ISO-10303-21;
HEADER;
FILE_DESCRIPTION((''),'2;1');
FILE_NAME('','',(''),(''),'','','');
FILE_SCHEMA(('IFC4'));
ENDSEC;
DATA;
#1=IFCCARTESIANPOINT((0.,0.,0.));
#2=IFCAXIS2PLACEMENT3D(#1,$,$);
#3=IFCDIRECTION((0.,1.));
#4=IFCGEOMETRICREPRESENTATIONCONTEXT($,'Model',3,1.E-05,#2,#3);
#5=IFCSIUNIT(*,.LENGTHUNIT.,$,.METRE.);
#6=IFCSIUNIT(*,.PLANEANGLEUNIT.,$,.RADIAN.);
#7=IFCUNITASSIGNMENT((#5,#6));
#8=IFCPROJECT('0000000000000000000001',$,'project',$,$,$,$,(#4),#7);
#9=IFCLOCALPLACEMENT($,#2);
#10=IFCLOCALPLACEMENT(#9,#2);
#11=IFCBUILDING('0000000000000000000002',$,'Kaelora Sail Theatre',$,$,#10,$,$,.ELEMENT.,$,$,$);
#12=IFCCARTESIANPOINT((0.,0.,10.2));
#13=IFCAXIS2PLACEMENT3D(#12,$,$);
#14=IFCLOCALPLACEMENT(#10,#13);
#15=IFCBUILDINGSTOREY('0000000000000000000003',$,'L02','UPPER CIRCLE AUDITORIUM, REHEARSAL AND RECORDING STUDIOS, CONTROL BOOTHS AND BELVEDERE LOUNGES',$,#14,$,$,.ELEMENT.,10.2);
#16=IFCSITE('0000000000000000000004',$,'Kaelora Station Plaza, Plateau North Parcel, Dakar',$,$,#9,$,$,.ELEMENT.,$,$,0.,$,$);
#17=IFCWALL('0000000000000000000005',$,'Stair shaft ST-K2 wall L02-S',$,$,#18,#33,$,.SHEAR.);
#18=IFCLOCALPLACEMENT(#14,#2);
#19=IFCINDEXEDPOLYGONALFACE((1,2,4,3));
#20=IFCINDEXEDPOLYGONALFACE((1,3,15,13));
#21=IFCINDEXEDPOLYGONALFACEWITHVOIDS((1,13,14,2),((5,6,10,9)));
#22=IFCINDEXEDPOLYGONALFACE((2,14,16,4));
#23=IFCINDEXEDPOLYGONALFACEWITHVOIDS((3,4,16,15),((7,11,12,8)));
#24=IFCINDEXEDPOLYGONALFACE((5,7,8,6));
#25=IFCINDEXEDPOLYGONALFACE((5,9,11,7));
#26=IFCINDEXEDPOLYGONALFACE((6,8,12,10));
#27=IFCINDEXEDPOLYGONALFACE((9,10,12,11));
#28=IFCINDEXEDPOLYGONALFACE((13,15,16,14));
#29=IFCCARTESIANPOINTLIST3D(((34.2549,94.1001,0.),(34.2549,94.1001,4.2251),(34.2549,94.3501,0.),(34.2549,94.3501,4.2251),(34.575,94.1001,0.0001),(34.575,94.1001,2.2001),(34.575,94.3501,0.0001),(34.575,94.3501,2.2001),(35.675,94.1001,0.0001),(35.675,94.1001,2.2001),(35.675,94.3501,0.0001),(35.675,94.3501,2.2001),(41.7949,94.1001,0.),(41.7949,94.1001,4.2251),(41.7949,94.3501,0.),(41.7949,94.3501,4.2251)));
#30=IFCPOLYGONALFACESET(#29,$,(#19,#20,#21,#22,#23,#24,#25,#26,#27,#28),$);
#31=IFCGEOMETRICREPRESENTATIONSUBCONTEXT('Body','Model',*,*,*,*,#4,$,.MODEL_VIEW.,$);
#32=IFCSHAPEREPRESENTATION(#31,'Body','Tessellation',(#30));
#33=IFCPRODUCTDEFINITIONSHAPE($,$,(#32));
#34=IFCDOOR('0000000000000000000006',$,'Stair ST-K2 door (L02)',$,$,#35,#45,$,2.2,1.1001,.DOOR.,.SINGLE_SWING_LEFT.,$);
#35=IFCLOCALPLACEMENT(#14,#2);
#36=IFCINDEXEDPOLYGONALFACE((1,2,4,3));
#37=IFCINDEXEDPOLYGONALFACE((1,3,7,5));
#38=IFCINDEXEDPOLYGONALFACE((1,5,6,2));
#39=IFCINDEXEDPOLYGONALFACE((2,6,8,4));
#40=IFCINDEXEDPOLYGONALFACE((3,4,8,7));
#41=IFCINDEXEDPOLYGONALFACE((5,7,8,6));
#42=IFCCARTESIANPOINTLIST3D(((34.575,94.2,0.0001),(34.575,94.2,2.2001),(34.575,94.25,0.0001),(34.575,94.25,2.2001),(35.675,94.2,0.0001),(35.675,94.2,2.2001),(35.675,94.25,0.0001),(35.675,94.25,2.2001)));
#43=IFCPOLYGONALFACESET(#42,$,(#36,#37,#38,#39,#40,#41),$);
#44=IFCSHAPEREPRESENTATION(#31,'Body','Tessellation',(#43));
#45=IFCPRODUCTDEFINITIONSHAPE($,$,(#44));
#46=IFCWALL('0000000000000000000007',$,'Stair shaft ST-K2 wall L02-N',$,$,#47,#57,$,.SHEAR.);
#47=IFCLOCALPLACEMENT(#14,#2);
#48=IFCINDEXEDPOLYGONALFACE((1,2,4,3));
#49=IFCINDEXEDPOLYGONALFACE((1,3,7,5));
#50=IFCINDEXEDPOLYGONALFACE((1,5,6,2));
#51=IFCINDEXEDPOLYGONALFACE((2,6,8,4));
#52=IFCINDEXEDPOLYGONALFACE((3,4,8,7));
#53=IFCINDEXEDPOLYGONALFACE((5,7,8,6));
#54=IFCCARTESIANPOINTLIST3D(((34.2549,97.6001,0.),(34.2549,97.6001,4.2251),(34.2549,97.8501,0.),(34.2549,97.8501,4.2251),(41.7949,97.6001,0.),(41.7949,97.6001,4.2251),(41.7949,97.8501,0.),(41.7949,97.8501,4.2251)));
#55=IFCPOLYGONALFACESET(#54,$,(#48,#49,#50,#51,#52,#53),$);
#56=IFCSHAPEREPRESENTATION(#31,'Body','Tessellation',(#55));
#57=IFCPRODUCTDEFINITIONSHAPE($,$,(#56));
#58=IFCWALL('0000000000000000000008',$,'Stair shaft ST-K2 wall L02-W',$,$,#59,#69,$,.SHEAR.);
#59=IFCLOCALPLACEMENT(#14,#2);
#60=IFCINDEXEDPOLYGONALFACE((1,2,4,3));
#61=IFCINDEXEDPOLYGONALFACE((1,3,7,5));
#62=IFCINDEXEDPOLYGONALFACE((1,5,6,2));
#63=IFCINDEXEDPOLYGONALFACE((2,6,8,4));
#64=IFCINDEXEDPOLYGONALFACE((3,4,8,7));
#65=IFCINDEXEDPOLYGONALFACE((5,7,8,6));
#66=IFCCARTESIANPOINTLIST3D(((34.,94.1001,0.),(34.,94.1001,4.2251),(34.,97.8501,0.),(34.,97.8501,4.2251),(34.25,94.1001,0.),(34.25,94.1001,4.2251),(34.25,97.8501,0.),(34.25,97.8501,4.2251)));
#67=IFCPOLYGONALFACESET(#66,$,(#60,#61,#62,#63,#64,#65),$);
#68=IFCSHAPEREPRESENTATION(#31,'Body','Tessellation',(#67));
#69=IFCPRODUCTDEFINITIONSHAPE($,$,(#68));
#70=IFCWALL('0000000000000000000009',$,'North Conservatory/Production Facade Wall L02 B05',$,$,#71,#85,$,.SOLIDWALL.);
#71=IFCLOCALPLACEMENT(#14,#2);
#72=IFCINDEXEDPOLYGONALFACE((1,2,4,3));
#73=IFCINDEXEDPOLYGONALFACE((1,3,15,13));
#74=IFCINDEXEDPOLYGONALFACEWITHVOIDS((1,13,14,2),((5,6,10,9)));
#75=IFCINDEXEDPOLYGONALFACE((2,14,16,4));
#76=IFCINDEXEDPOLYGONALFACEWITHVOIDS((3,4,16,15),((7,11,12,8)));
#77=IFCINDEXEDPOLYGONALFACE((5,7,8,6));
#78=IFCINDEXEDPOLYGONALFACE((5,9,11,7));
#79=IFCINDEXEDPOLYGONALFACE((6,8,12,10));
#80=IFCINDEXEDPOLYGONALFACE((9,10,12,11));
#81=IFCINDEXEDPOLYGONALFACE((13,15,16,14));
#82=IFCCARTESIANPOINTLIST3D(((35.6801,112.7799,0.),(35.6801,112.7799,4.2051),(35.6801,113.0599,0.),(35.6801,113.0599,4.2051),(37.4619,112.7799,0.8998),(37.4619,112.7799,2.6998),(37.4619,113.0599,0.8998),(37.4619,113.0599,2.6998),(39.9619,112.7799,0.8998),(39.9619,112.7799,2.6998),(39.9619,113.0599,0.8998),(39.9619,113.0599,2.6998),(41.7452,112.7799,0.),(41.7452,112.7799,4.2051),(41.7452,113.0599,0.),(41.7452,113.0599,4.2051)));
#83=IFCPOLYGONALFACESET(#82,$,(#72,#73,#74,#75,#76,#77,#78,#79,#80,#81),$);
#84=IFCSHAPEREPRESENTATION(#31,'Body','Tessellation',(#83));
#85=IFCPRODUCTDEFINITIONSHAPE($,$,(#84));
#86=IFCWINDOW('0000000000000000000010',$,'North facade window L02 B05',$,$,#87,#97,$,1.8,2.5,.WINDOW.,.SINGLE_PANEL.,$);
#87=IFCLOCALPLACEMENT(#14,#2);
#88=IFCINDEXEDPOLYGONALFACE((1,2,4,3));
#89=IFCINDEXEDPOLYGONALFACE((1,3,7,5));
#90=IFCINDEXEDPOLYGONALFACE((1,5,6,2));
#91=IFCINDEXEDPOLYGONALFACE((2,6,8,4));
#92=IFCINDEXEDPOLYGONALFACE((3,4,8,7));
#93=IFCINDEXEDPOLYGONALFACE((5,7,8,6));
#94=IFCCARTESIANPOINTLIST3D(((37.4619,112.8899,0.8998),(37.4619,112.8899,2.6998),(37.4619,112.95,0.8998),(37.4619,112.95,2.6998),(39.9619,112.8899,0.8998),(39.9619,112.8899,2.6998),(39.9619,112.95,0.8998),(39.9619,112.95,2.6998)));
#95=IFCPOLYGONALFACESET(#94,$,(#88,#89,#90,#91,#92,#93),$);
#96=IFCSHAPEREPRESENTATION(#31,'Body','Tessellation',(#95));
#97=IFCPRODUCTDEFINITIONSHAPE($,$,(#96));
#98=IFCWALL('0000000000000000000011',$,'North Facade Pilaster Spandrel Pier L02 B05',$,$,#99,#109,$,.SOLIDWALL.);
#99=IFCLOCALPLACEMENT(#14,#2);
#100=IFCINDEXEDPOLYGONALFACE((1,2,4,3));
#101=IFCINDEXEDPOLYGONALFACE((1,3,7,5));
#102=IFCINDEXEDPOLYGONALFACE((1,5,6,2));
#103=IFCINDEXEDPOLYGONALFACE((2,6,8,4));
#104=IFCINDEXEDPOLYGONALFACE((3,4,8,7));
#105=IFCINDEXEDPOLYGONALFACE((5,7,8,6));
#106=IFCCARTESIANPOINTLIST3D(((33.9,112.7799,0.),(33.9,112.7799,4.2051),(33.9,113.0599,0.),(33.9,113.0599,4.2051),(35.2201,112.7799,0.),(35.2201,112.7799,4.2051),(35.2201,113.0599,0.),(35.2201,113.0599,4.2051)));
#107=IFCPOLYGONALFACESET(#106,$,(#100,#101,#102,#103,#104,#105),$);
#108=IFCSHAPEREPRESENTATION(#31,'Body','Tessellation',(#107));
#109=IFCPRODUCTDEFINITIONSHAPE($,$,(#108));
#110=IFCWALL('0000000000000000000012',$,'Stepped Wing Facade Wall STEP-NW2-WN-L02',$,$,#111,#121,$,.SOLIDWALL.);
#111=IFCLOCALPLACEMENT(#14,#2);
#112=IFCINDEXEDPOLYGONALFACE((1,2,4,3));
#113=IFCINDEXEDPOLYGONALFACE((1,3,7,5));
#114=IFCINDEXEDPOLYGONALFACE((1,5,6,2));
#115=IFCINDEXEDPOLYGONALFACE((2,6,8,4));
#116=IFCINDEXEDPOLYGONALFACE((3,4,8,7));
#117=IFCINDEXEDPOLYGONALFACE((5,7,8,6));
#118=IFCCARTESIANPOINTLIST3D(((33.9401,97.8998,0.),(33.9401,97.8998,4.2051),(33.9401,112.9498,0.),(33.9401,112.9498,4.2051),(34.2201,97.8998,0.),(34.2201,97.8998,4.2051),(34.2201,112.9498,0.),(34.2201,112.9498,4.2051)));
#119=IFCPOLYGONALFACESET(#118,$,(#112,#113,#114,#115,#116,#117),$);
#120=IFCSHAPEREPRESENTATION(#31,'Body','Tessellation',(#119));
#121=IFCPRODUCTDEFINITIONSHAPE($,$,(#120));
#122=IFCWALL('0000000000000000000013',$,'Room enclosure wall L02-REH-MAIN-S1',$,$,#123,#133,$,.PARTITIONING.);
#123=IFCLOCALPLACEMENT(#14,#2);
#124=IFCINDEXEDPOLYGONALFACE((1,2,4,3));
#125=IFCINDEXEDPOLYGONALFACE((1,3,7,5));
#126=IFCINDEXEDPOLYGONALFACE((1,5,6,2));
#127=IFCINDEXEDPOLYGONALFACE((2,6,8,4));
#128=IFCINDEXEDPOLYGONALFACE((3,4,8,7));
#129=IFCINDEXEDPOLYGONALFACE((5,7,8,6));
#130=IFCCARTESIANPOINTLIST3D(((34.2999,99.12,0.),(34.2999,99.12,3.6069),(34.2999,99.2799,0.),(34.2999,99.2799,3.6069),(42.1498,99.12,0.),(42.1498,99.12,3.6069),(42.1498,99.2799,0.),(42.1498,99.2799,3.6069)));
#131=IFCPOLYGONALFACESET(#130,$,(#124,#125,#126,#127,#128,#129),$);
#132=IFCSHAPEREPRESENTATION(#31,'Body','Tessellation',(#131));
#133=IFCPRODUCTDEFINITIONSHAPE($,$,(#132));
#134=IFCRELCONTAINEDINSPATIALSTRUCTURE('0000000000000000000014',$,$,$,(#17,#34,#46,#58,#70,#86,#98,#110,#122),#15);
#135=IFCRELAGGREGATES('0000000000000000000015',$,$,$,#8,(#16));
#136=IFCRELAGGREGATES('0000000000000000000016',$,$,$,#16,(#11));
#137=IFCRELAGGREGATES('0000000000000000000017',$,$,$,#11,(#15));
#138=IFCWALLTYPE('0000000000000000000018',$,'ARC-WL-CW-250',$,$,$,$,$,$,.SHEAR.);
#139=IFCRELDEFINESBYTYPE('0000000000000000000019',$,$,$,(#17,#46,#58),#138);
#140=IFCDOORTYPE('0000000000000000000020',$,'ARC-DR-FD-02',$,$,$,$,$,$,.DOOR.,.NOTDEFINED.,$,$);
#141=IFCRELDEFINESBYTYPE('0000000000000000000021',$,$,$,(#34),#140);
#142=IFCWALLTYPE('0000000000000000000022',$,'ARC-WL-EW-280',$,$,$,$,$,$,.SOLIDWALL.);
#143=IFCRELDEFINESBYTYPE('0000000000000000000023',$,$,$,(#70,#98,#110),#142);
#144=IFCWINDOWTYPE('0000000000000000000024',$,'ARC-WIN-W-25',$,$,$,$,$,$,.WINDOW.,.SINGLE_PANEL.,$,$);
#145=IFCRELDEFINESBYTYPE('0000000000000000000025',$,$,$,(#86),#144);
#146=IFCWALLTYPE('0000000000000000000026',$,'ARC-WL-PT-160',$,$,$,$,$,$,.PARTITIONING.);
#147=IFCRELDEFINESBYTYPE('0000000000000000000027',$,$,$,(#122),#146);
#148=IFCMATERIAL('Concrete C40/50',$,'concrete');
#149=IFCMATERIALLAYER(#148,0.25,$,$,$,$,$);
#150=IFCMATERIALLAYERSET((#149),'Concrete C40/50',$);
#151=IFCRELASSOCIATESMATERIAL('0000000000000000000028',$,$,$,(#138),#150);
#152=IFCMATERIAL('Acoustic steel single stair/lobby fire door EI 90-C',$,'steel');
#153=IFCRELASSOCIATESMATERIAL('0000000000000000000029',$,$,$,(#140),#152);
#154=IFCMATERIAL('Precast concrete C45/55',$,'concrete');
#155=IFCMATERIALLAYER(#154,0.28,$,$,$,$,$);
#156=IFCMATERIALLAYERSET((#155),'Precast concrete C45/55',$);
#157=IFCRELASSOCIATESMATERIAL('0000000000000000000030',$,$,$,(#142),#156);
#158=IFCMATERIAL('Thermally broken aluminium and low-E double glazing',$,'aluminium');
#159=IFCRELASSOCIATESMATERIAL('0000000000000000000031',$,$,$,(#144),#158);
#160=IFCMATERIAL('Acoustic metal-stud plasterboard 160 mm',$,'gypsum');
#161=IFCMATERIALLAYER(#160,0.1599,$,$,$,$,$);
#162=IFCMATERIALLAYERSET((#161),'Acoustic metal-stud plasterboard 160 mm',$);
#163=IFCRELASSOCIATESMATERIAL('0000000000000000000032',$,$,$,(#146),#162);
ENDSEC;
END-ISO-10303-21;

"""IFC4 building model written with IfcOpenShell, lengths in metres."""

from ifc_helpers import new_model, si_unit, direction, frame, frame_2d, origin, place, context, subcontext, project, spatial, rectangle, extrude, material, layer, layer_set, type_object, element, fill, save


model = new_model("IFC4")

# Units and contexts
model_context = context("Model", 3, precision=1e-05, world=origin(), true_north=direction((0.0, 1.0)))
body_context = subcontext(model_context, "Body", "Model", "MODEL_VIEW")
ifc_project = project(units=[si_unit("LENGTHUNIT", "METRE"), si_unit("PLANEANGLEUNIT", "RADIAN")], contexts=[model_context])

# Site, building, storey
site_placement = place(None, origin())
site = spatial("IfcSite", under=ifc_project, at=site_placement, Name="Kaelora Station Plaza, Plateau North Parcel, Dakar", CompositionType="ELEMENT", RefElevation=0.0)
building_placement = place(site_placement, origin())
building = spatial("IfcBuilding", under=site, at=building_placement, Name="Kaelora Sail Theatre", CompositionType="ELEMENT")
storey_placement = place(building_placement, frame((0.0, 0.0, 10.2)))
storey = spatial("IfcBuildingStorey", under=building, at=storey_placement, Name="L02", Description="UPPER CIRCLE AUDITORIUM, REHEARSAL AND RECORDING STUDIOS, CONTROL BOOTHS AND BELVEDERE LOUNGES", CompositionType="ELEMENT", Elevation=10.2)

# Wall, opening, door
ifc_material_1 = material(Name="Concrete C40/50", Category="concrete")
ifc_layer_1 = layer(ifc_material_1, 0.25)
ifc_layer_set_1 = layer_set([ifc_layer_1], Name="Concrete C40/50")
wall_type_1 = type_object("IfcWallType", Name="ARC-WL-CW-250", PredefinedType="SHEAR", material=ifc_layer_set_1)
wall_1_placement = place(storey_placement, frame((34.2549, 94.2251, 0.0), z_axis=(0.0, 0.0, 1.0), x_axis=(1.0, 0.0, 0.0)))
wall_1 = element("IfcWall", 1, at=wall_1_placement, inside=storey, type_object=wall_type_1, Name="Stair shaft ST-K2 wall L02-S", PredefinedType="SHEAR", context=body_context, shape_type="SweptSolid", body=[
    extrude(rectangle(XDim=7.54, YDim=0.25, at=frame_2d((3.77, 0.0))), origin(), (0.0, 0.0, 1.0), 4.2251),
])
opening_1_placement = place(wall_1_placement, frame((0.3201, 0.0, 0.0)))
opening_1 = element("IfcOpeningElement", 2, at=opening_1_placement, cuts=wall_1, PredefinedType="OPENING", context=body_context, shape_type="SweptSolid", body=[
    extrude(rectangle(XDim=1.1001, YDim=2.2, at=frame_2d((0.55, 1.1001))), frame((0.0, 0.135, 0.0), z_axis=(0.0, -1.0, 0.0), x_axis=(1.0, 0.0, 0.0)), (0.0, 0.0, 1.0), 0.27),
])
ifc_material_2 = material(Name="Acoustic steel single stair/lobby fire door EI 90-C", Category="steel")
door_type = type_object("IfcDoorType", Name="ARC-DR-FD-02", OperationType="NOTDEFINED", PredefinedType="DOOR", material=ifc_material_2)
door_placement = place(opening_1_placement, origin())
door = element("IfcDoor", 3, at=door_placement, inside=storey, type_object=door_type, Name="Stair ST-K2 door (L02)", OperationType="SINGLE_SWING_LEFT", OverallHeight=2.2, OverallWidth=1.1001, PredefinedType="DOOR", context=body_context, shape_type="SweptSolid", body=[
    extrude(rectangle(XDim=1.1001, YDim=2.2, at=frame_2d((0.55, 1.1001))), frame((0.0, 0.0249, 0.0), z_axis=(0.0, -1.0, 0.0), x_axis=(1.0, 0.0, 0.0)), (0.0, 0.0, 1.0), 0.05),
])
fill(opening_1, door)

# Walls
wall_2_placement = place(storey_placement, frame((34.2549, 97.7251, 0.0), z_axis=(0.0, 0.0, 1.0), x_axis=(1.0, 0.0, 0.0)))
element("IfcWall", 4, at=wall_2_placement, inside=storey, type_object=wall_type_1, Name="Stair shaft ST-K2 wall L02-N", PredefinedType="SHEAR", context=body_context, shape_type="SweptSolid", body=[
    extrude(rectangle(XDim=7.54, YDim=0.25, at=frame_2d((3.77, 0.0))), origin(), (0.0, 0.0, 1.0), 4.2251),
])
wall_3_placement = place(storey_placement, frame((34.125, 94.1001, 0.0), z_axis=(0.0, 0.0, 1.0), x_axis=(0.0, 1.0, 0.0)))
element("IfcWall", 5, at=wall_3_placement, inside=storey, type_object=wall_type_1, Name="Stair shaft ST-K2 wall L02-W", PredefinedType="SHEAR", context=body_context, shape_type="SweptSolid", body=[
    extrude(rectangle(XDim=3.75, YDim=0.25, at=frame_2d((1.875, 0.0))), origin(), (0.0, 0.0, 1.0), 4.2251),
])

# Wall, opening, window
ifc_material_3 = material(Name="Precast concrete C45/55", Category="concrete")
ifc_layer_2 = layer(ifc_material_3, 0.28)
ifc_layer_set_2 = layer_set([ifc_layer_2], Name="Precast concrete C45/55")
wall_type_2 = type_object("IfcWallType", Name="ARC-WL-EW-280", PredefinedType="SOLIDWALL", material=ifc_layer_set_2)
wall_4_placement = place(storey_placement, frame((35.6799, 112.9199, 0.0), z_axis=(0.0, 0.0, 1.0), x_axis=(1.0, 0.0, 0.0)))
wall_4 = element("IfcWall", 6, at=wall_4_placement, inside=storey, type_object=wall_type_2, Name="North Conservatory/Production Facade Wall L02 B05", PredefinedType="SOLIDWALL", context=body_context, shape_type="SweptSolid", body=[
    extrude(rectangle(XDim=6.0652, YDim=0.28, at=frame_2d((3.0327, 0.0))), origin(), (0.0, 0.0, 1.0), 4.2051),
])
opening_2_placement = place(wall_4_placement, frame((1.782, 0.0, 0.8999)))
opening_2 = element("IfcOpeningElement", 7, at=opening_2_placement, cuts=wall_4, PredefinedType="OPENING", context=body_context, shape_type="SweptSolid", body=[
    extrude(rectangle(XDim=2.5, YDim=1.8, at=frame_2d((1.25, 0.8999))), frame((0.0, 0.1501, 0.0), z_axis=(0.0, -1.0, 0.0), x_axis=(1.0, 0.0, 0.0)), (0.0, 0.0, 1.0), 0.3),
])
ifc_material_4 = material(Name="Thermally broken aluminium and low-E double glazing", Category="aluminium")
window_type = type_object("IfcWindowType", Name="ARC-WIN-W-25", PartitioningType="SINGLE_PANEL", PredefinedType="WINDOW", material=ifc_material_4)
window_placement = place(opening_2_placement, origin())
window = element("IfcWindow", 8, at=window_placement, inside=storey, type_object=window_type, Name="North facade window L02 B05", OverallHeight=1.8, OverallWidth=2.5, PartitioningType="SINGLE_PANEL", PredefinedType="WINDOW", context=body_context, shape_type="SweptSolid", body=[
    extrude(rectangle(XDim=2.5, YDim=1.8, at=frame_2d((1.25, 0.8999))), frame((0.0, 0.03, 0.0), z_axis=(0.0, -1.0, 0.0), x_axis=(1.0, 0.0, 0.0)), (0.0, 0.0, 1.0), 0.0601),
])
fill(opening_2, window)

# Walls
wall_5_placement = place(storey_placement, frame((33.8999, 112.9199, 0.0), z_axis=(0.0, 0.0, 1.0), x_axis=(1.0, 0.0, 0.0)))
element("IfcWall", 9, at=wall_5_placement, inside=storey, type_object=wall_type_2, Name="North Facade Pilaster Spandrel Pier L02 B05", PredefinedType="SOLIDWALL", context=body_context, shape_type="SweptSolid", body=[
    extrude(rectangle(XDim=1.3201, YDim=0.28, at=frame_2d((0.6602, 0.0))), origin(), (0.0, 0.0, 1.0), 4.2051),
])
wall_6_placement = place(storey_placement, frame((34.0801, 97.8999, 0.0), z_axis=(0.0, 0.0, 1.0), x_axis=(0.0, 1.0, 0.0)))
element("IfcWall", 10, at=wall_6_placement, inside=storey, type_object=wall_type_2, Name="Stepped Wing Facade Wall STEP-NW2-WN-L02", PredefinedType="SOLIDWALL", context=body_context, shape_type="SweptSolid", body=[
    extrude(rectangle(XDim=15.05, YDim=0.28, at=frame_2d((7.5249, 0.0))), origin(), (0.0, 0.0, 1.0), 4.2051),
])
ifc_material_5 = material(Name="Acoustic metal-stud plasterboard 160 mm", Category="gypsum")
ifc_layer_3 = layer(ifc_material_5, 0.1599)
ifc_layer_set_3 = layer_set([ifc_layer_3], Name="Acoustic metal-stud plasterboard 160 mm")
wall_type_3 = type_object("IfcWallType", Name="ARC-WL-PT-160", PredefinedType="PARTITIONING", material=ifc_layer_set_3)
wall_7_placement = place(storey_placement, frame((34.3, 99.2, 0.0), z_axis=(0.0, 0.0, 1.0), x_axis=(1.0, 0.0, 0.0)))
element("IfcWall", 11, at=wall_7_placement, inside=storey, type_object=wall_type_3, Name="Room enclosure wall L02-REH-MAIN-S1", PredefinedType="PARTITIONING", context=body_context, shape_type="SweptSolid", body=[
    extrude(rectangle(XDim=7.8499, YDim=0.1599, at=frame_2d((3.9248, 0.0))), origin(), (0.0, 0.0, 1.0), 3.6069),
])

save(model, "model.ifc")
